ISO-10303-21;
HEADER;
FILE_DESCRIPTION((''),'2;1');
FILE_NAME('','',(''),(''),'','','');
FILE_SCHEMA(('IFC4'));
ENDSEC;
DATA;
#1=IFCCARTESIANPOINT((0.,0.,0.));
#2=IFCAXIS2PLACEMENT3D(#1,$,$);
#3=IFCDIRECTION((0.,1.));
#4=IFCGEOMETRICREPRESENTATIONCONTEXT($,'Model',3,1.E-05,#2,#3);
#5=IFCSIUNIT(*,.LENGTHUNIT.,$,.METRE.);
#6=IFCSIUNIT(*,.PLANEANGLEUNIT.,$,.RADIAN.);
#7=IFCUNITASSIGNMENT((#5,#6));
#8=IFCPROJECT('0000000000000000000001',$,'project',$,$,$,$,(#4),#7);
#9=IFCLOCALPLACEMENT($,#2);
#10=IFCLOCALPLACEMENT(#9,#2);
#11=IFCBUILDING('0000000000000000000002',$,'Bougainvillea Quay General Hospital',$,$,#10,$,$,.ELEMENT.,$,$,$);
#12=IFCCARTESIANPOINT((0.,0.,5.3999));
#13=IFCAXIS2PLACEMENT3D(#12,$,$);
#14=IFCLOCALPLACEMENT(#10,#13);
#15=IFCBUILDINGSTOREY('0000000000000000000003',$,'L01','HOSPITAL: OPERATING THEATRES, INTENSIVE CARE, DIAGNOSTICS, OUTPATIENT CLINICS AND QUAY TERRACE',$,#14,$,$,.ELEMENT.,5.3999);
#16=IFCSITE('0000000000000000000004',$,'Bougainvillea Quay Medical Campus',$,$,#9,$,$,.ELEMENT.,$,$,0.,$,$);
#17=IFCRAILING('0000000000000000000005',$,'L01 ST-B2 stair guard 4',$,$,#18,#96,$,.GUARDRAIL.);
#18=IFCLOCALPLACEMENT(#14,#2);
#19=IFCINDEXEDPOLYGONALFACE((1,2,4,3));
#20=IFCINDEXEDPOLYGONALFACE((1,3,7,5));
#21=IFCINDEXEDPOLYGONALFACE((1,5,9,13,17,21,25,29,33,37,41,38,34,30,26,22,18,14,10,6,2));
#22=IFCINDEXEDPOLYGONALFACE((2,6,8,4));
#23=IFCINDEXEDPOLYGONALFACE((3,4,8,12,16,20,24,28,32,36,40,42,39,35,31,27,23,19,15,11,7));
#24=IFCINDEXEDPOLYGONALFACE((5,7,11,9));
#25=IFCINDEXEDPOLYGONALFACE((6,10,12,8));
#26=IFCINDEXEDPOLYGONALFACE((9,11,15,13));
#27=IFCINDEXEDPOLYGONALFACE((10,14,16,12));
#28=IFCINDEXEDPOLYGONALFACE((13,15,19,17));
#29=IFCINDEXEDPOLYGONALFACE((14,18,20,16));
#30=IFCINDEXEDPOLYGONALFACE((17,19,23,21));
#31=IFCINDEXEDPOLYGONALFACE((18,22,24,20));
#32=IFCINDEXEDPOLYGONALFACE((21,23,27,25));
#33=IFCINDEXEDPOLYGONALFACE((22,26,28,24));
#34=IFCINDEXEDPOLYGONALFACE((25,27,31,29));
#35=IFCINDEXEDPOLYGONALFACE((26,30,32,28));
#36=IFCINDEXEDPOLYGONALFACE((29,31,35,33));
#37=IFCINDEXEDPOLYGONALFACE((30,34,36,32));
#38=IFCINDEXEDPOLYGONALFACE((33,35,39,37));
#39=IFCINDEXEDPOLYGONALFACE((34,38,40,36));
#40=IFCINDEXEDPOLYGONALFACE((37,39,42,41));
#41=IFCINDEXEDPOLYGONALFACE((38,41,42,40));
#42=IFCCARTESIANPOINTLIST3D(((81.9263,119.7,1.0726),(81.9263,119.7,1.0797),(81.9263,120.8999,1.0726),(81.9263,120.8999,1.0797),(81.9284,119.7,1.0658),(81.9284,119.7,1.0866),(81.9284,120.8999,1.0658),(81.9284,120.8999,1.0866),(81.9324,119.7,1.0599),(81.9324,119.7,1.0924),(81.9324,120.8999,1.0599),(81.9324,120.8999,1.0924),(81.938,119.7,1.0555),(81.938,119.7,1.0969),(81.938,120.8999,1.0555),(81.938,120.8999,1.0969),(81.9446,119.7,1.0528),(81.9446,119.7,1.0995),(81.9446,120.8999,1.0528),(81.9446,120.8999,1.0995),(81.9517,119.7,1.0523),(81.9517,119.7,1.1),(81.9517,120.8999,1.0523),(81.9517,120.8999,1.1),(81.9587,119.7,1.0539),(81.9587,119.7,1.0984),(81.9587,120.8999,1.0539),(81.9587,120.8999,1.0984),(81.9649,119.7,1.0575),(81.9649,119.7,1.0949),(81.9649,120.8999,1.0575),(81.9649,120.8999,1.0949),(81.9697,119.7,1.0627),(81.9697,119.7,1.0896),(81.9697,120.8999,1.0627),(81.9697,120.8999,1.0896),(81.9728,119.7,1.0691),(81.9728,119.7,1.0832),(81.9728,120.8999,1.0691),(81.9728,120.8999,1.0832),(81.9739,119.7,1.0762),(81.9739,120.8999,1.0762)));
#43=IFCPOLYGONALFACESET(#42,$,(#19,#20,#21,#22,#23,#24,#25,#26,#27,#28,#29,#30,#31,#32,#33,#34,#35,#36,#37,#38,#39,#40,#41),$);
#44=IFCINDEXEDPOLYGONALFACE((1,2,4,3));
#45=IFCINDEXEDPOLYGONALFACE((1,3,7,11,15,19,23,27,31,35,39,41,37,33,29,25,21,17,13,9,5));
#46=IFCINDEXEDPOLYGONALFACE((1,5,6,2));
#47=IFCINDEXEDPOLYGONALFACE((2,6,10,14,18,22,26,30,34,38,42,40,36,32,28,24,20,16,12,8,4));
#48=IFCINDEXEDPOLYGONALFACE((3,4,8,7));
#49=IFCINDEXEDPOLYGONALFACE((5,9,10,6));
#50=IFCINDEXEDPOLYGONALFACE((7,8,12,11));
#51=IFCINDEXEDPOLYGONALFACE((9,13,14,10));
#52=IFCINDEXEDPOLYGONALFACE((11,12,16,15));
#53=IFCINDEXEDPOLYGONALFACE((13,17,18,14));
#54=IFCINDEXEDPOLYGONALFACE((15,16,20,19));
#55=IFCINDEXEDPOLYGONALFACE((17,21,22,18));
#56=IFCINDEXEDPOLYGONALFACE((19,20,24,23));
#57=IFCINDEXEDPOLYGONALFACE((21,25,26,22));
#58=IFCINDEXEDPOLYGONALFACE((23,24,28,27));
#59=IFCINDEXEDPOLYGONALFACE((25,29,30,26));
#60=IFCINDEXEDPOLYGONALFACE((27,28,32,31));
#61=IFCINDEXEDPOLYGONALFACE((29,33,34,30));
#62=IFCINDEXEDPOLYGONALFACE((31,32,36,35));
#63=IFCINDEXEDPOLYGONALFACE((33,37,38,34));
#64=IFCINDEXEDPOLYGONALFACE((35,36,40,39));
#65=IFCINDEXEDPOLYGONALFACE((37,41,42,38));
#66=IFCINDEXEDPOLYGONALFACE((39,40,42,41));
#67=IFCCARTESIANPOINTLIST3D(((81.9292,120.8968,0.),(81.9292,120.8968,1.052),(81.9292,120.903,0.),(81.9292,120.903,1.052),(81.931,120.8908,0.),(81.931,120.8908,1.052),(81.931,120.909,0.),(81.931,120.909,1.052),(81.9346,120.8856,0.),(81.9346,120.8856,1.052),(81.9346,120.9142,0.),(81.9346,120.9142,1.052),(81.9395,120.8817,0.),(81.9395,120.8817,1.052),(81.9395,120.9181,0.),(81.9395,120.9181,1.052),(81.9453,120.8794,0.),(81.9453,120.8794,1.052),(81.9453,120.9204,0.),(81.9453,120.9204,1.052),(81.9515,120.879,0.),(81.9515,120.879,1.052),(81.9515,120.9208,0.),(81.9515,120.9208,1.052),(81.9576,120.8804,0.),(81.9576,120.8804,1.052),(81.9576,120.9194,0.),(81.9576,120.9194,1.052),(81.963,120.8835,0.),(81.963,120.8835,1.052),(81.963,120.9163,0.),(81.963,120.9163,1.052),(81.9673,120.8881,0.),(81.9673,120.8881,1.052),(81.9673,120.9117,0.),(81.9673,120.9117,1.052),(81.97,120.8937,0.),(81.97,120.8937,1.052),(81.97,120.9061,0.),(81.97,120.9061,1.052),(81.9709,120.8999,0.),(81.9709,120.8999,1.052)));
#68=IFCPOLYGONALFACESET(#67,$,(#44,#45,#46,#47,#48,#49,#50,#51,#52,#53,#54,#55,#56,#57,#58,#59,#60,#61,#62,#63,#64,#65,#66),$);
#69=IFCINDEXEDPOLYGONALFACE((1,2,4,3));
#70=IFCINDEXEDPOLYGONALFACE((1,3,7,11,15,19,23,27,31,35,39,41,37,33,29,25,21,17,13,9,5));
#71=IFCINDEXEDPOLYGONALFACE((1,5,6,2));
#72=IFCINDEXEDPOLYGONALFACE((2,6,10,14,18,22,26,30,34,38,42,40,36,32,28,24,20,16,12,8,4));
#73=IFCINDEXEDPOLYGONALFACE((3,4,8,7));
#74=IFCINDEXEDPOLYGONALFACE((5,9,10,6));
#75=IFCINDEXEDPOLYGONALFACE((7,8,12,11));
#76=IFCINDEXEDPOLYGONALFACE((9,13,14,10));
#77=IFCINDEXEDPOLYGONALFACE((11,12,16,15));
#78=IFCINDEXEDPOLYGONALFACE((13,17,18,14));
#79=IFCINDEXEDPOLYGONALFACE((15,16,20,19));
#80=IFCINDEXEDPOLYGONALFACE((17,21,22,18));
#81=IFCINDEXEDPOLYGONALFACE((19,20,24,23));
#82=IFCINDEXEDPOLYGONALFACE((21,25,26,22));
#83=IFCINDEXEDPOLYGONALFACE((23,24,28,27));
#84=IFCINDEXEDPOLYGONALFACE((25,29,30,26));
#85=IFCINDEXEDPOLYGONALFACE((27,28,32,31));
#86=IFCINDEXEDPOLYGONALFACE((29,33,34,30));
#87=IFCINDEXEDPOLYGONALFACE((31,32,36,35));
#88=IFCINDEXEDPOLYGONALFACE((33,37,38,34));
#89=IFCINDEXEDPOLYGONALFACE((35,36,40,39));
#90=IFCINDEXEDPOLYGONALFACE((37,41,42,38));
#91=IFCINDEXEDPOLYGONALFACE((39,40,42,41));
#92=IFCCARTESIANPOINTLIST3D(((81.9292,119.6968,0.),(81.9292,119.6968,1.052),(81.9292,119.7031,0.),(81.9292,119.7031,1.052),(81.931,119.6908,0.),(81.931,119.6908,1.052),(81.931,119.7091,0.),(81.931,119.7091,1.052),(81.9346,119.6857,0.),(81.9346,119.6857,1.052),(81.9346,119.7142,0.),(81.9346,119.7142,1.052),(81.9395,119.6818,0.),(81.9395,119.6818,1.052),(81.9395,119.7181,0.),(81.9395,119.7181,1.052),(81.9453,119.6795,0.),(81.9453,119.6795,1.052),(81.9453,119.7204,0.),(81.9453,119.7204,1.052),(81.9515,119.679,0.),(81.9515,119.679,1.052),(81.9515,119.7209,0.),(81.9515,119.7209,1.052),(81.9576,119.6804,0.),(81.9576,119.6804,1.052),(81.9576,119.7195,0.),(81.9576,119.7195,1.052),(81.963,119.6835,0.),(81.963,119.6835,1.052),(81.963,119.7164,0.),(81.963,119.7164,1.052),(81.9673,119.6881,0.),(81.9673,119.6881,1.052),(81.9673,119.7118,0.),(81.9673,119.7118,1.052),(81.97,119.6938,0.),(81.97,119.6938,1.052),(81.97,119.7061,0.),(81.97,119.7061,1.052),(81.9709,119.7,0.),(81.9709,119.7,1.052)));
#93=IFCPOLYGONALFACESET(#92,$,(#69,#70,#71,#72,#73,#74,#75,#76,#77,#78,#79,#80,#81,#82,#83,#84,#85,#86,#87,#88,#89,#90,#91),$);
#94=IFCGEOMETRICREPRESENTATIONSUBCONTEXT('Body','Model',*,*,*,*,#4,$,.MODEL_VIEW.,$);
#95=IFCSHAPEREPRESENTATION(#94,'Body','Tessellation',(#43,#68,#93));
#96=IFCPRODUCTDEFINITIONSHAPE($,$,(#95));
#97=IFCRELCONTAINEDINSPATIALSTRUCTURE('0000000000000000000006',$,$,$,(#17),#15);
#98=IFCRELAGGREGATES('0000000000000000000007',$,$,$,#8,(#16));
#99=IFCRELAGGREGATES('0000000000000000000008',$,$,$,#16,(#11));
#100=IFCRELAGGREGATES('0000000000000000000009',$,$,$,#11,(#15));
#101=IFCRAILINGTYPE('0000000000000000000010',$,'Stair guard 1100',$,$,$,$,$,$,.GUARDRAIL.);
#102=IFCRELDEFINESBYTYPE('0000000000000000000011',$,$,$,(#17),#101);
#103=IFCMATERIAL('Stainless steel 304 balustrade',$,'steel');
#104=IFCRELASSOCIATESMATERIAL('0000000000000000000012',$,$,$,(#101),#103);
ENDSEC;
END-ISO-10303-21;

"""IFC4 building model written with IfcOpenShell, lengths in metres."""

from ifc_helpers import new_model, si_unit, direction, frame, origin, origin_2d, place, context, subcontext, project, spatial, circle, extrude, material, type_object, element, save


model = new_model("IFC4")

# Units and contexts
model_context = context("Model", 3, precision=1e-05, world=origin(), true_north=direction((0.0, 1.0)))
body_context = subcontext(model_context, "Body", "Model", "MODEL_VIEW")
ifc_project = project(units=[si_unit("LENGTHUNIT", "METRE"), si_unit("PLANEANGLEUNIT", "RADIAN")], contexts=[model_context])

# Site, building, storey
site_placement = place(None, origin())
site = spatial("IfcSite", under=ifc_project, at=site_placement, Name="Bougainvillea Quay Medical Campus", CompositionType="ELEMENT", RefElevation=0.0)
building_placement = place(site_placement, origin())
building = spatial("IfcBuilding", under=site, at=building_placement, Name="Bougainvillea Quay General Hospital", CompositionType="ELEMENT")
storey_placement = place(building_placement, frame((0.0, 0.0, 5.3999)))
storey = spatial("IfcBuildingStorey", under=building, at=storey_placement, Name="L01", Description="HOSPITAL: OPERATING THEATRES, INTENSIVE CARE, DIAGNOSTICS, OUTPATIENT CLINICS AND QUAY TERRACE", CompositionType="ELEMENT", Elevation=5.3999)

# Railing
ifc_material_1 = material(Name="Stainless steel 304 balustrade", Category="steel")
railing_type_1 = type_object("IfcRailingType", Name="Stair guard 1100", PredefinedType="GUARDRAIL", material=ifc_material_1)
railing_1_placement = place(storey_placement, frame((81.95, 120.8999, 0.0)))
element("IfcRailing", 1, at=railing_1_placement, inside=storey, type_object=railing_type_1, Name="L01 ST-B2 stair guard 4", PredefinedType="GUARDRAIL", context=body_context, shape_type="SweptSolid", body=[
    extrude(circle(Radius=0.0239, at=origin_2d()), frame((0.0, 0.0, 1.0762), z_axis=(0.0, -1.0, 0.0), x_axis=(1.0, 0.0, 0.0)), (0.0, 0.0, 1.0), 1.2),
    extrude(circle(Radius=0.021, at=origin_2d()), origin(), (0.0, 0.0, 1.0), 1.052),
    extrude(circle(Radius=0.021, at=origin_2d()), frame((0.0, -1.2, 0.0)), (0.0, 0.0, 1.0), 1.052),
])

save(model, "model.ifc")
